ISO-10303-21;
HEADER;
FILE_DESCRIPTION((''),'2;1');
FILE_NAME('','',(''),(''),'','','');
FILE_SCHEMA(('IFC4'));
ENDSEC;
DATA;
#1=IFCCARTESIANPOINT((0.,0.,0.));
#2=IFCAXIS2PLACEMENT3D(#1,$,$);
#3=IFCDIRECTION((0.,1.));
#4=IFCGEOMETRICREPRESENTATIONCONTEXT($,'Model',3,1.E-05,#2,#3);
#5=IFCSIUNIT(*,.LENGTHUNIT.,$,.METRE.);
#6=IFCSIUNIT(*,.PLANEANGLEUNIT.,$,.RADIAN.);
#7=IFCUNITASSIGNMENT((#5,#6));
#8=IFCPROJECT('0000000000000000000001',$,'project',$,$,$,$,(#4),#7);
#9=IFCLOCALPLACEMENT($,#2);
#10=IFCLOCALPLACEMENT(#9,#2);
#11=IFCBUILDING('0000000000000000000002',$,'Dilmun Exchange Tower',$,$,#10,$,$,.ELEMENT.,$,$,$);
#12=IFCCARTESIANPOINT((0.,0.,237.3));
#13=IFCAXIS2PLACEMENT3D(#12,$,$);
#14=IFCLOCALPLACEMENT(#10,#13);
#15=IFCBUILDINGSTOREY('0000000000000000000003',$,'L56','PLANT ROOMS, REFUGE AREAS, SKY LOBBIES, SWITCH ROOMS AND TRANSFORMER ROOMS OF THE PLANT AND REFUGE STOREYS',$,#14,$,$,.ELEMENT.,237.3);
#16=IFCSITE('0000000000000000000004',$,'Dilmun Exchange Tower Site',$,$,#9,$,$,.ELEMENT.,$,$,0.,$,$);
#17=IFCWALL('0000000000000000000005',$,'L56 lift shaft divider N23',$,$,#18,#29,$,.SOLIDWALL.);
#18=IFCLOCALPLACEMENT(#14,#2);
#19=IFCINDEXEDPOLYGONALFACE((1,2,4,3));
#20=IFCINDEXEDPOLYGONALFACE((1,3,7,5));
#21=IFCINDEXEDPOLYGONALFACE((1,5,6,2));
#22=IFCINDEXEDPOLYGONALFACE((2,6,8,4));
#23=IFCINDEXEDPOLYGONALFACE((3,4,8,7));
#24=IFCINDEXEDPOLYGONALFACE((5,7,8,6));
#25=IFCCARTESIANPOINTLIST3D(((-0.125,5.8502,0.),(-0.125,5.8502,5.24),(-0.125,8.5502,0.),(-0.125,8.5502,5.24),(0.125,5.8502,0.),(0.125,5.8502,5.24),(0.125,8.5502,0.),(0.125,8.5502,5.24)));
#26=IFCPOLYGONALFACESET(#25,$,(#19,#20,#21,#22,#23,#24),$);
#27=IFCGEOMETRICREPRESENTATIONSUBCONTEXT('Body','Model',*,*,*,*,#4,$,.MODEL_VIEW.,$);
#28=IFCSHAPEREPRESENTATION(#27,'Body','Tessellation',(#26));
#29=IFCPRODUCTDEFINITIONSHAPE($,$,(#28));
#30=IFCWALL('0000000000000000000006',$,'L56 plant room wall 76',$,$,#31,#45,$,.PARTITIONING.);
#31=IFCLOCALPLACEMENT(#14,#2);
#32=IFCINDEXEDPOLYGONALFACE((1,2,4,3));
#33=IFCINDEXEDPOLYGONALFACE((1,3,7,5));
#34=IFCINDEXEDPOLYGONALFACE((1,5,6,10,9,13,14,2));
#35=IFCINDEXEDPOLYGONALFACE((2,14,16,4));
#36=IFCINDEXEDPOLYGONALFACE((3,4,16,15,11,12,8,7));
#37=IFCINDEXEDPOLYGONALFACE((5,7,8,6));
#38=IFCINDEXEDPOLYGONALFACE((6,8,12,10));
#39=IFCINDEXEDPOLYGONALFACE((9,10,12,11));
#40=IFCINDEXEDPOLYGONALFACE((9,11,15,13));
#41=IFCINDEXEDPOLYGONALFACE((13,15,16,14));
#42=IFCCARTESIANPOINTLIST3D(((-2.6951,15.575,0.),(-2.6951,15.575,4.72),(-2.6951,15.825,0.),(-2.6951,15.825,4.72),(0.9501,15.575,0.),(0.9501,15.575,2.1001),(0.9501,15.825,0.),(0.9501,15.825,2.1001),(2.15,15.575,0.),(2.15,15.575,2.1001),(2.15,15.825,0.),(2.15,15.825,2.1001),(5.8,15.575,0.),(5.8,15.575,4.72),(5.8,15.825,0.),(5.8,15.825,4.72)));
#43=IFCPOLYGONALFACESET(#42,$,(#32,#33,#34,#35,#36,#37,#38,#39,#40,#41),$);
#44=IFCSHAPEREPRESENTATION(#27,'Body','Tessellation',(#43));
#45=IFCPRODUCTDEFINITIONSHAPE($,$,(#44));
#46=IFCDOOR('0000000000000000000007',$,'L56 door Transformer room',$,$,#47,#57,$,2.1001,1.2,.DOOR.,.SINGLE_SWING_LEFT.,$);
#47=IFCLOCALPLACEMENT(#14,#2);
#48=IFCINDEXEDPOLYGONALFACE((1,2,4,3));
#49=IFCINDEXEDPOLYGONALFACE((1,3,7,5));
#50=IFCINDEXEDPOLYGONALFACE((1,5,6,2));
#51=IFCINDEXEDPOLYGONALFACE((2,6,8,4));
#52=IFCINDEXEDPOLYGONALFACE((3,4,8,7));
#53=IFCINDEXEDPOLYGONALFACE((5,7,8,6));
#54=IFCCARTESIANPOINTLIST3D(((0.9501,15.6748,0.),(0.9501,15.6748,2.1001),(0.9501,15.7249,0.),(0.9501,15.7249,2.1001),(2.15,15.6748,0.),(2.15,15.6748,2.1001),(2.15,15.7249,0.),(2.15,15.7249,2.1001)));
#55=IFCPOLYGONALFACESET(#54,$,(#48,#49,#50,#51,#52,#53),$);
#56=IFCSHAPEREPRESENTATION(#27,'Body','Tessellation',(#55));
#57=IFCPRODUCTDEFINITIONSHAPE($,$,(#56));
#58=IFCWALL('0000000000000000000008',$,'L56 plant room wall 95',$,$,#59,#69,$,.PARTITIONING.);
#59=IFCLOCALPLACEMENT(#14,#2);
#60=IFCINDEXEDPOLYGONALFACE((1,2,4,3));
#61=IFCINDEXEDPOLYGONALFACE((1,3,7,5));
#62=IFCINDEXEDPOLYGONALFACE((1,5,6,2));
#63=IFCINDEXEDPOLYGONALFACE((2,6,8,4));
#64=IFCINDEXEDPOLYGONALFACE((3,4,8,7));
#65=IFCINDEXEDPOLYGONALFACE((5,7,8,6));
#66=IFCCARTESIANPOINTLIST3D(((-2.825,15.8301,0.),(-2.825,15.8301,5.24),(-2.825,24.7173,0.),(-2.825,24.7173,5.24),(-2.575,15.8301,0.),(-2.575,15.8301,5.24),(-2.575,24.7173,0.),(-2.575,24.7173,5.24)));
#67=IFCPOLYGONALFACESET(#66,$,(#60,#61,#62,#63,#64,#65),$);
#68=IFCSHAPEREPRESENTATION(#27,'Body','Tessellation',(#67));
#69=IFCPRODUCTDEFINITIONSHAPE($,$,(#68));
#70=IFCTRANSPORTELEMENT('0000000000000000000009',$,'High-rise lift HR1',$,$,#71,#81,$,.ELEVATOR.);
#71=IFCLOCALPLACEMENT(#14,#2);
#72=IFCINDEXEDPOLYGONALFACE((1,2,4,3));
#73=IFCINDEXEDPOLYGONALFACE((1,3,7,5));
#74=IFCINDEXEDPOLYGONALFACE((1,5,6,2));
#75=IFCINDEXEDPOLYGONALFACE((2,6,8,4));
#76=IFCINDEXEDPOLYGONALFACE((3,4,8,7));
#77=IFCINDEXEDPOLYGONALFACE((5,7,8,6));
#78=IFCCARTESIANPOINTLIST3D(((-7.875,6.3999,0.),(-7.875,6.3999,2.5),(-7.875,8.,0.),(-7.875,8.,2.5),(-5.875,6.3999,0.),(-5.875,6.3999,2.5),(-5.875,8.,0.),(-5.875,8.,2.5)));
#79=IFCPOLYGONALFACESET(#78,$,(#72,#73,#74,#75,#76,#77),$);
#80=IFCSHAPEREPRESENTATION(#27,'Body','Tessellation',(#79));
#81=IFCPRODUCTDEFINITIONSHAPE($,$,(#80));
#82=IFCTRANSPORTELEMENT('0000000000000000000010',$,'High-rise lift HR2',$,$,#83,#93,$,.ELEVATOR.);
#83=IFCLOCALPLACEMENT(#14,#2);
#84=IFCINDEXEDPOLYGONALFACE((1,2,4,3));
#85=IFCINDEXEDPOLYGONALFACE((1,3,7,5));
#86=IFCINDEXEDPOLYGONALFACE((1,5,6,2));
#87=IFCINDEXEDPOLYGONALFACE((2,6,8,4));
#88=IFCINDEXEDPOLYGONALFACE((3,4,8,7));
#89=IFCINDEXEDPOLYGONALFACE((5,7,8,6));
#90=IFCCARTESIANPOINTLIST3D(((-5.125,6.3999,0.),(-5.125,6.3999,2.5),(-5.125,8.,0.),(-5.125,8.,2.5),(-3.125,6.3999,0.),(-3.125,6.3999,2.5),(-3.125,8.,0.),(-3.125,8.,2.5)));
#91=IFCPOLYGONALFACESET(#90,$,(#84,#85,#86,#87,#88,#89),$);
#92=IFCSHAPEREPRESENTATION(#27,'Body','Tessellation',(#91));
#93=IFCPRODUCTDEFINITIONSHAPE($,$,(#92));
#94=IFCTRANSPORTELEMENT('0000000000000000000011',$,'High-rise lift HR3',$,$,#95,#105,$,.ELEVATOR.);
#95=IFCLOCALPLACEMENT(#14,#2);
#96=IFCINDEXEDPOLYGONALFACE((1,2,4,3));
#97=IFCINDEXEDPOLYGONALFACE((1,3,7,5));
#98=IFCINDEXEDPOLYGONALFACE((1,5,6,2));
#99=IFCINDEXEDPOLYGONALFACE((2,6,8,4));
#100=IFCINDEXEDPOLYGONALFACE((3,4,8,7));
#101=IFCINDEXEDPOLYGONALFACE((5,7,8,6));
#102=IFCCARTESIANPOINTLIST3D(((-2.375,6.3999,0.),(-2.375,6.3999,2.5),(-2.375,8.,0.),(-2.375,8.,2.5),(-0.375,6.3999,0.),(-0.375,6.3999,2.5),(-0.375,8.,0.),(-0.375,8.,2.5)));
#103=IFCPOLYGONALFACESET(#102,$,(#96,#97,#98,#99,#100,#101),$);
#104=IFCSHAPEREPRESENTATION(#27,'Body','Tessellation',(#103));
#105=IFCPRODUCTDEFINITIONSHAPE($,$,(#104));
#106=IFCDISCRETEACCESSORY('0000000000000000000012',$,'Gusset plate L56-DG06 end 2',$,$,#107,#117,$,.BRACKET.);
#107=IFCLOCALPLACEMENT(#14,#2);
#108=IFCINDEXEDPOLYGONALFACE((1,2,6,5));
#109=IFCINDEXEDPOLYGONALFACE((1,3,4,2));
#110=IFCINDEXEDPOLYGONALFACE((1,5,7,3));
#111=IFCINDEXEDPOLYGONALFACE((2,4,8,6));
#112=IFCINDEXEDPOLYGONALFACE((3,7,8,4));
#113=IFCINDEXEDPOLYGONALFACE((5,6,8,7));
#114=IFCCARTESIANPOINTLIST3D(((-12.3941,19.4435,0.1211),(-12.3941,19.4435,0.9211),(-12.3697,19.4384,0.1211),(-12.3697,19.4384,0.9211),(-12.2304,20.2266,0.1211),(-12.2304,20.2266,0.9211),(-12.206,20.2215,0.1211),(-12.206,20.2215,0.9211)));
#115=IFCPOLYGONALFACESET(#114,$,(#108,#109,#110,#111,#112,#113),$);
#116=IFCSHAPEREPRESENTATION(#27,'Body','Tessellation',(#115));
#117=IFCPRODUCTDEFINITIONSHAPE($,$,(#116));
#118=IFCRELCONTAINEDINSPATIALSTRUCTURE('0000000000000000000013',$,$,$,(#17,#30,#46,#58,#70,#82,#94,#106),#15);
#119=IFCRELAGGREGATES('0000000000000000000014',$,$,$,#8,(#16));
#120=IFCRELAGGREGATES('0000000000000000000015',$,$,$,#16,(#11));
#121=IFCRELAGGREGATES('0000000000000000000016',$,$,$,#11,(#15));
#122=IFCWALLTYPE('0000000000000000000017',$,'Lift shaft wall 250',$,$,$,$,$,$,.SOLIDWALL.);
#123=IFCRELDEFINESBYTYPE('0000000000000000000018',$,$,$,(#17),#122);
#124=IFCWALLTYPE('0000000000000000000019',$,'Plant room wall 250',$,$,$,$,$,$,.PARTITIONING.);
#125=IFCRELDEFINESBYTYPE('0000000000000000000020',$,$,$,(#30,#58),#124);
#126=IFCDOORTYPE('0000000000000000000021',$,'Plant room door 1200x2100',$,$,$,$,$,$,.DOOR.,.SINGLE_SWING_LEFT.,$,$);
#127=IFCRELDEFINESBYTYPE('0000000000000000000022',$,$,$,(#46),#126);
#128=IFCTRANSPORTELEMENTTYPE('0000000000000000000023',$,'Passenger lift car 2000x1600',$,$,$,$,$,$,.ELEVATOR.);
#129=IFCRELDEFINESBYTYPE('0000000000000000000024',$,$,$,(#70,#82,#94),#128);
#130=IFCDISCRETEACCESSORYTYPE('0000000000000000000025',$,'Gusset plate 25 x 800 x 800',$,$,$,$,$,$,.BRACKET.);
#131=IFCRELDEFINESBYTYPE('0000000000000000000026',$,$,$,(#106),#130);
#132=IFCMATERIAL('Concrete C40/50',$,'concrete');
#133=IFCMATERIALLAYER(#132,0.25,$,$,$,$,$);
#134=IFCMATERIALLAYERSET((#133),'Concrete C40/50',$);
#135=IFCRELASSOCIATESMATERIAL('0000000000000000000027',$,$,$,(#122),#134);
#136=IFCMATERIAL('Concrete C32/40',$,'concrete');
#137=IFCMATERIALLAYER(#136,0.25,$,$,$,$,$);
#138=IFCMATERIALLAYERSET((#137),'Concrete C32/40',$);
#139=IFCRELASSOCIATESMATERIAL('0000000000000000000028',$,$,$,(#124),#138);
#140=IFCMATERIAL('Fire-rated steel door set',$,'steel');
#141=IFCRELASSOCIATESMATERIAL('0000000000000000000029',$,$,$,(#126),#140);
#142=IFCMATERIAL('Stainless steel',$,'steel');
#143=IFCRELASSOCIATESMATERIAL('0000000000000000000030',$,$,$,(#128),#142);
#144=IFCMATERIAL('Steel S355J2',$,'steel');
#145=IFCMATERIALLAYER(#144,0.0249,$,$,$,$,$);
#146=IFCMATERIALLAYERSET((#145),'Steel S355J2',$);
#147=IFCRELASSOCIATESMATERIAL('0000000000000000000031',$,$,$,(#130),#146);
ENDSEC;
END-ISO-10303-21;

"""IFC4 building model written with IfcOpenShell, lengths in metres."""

from ifc_helpers import new_model, si_unit, direction, frame, frame_2d, origin, origin_2d, place, context, subcontext, project, spatial, rectangle, extrude, material, layer, layer_set, type_object, element, fill, save


model = new_model("IFC4")

# Units and contexts
model_context = context("Model", 3, precision=1e-05, world=origin(), true_north=direction((0.0, 1.0)))
body_context = subcontext(model_context, "Body", "Model", "MODEL_VIEW")
ifc_project = project(units=[si_unit("LENGTHUNIT", "METRE"), si_unit("PLANEANGLEUNIT", "RADIAN")], contexts=[model_context])

# Site, building, storey
site_placement = place(None, origin())
site = spatial("IfcSite", under=ifc_project, at=site_placement, Name="Dilmun Exchange Tower Site", CompositionType="ELEMENT", RefElevation=0.0)
building_placement = place(site_placement, origin())
building = spatial("IfcBuilding", under=site, at=building_placement, Name="Dilmun Exchange Tower", CompositionType="ELEMENT")
storey_placement = place(building_placement, frame((0.0, 0.0, 237.3)))
storey = spatial("IfcBuildingStorey", under=building, at=storey_placement, Name="L56", Description="PLANT ROOMS, REFUGE AREAS, SKY LOBBIES, SWITCH ROOMS AND TRANSFORMER ROOMS OF THE PLANT AND REFUGE STOREYS", CompositionType="ELEMENT", Elevation=237.3)

# Shared definitions
ifc_material_1 = material(Name="Concrete C40/50", Category="concrete")
ifc_material_2 = material(Name="Fire-rated steel door set", Category="steel")

# Shared definitions
ifc_layer_1 = layer(ifc_material_1, 0.25)
ifc_layer_set_1 = layer_set([ifc_layer_1], Name="Concrete C40/50")
wall_type_1 = type_object("IfcWallType", Name="Lift shaft wall 250", PredefinedType="SOLIDWALL", material=ifc_layer_set_1)

# Wall
for number, where, z_axis, x_axis, name in (
    (1, (0.0, 5.8501, 0.0), (0.0, 0.0, 1.0), (0.0, 1.0, 0.0), "L56 lift shaft divider N23"),
):
    element("IfcWall", number, at=place(storey_placement, frame(where, z_axis=z_axis, x_axis=x_axis)), inside=storey, type_object=wall_type_1, Name=name, PredefinedType="SOLIDWALL", context=body_context, shape_type="SweptSolid", body=[
        extrude(rectangle(XDim=2.7, YDim=0.25, at=frame_2d((1.3501, 0.0))), origin(), (0.0, 0.0, 1.0), 5.24),
    ])

# Wall, opening, door
ifc_material_3 = material(Name="Concrete C32/40", Category="concrete")
ifc_layer_2 = layer(ifc_material_3, 0.25)
ifc_layer_set_2 = layer_set([ifc_layer_2], Name="Concrete C32/40")
wall_type_2 = type_object("IfcWallType", Name="Plant room wall 250", PredefinedType="PARTITIONING", material=ifc_layer_set_2)
wall_1_placement = place(storey_placement, frame((-2.6951, 15.7, 0.0), z_axis=(0.0, 0.0, 1.0), x_axis=(1.0, 0.0, 0.0)))
wall_1 = element("IfcWall", 2, at=wall_1_placement, inside=storey, type_object=wall_type_2, Name="L56 plant room wall 76", PredefinedType="PARTITIONING", context=body_context, shape_type="SweptSolid", body=[
    extrude(rectangle(XDim=8.4951, YDim=0.25, at=frame_2d((4.2476, 0.0))), origin(), (0.0, 0.0, 1.0), 4.72),
])
opening_1_placement = place(wall_1_placement, frame((3.645, 0.0, 0.0)))
opening_1 = element("IfcOpeningElement", 3, at=opening_1_placement, cuts=wall_1, PredefinedType="OPENING", context=body_context, shape_type="SweptSolid", body=[
    extrude(rectangle(XDim=1.2, YDim=2.1001, at=frame_2d((0.6001, 1.05))), frame((0.0, 0.135, 0.0), z_axis=(0.0, -1.0, 0.0), x_axis=(1.0, 0.0, 0.0)), (0.0, 0.0, 1.0), 0.27),
])
door_type_1 = type_object("IfcDoorType", Name="Plant room door 1200x2100", OperationType="SINGLE_SWING_LEFT", PredefinedType="DOOR", material=ifc_material_2)
door_1_placement = place(opening_1_placement, origin())
door_1 = element("IfcDoor", 4, at=door_1_placement, inside=storey, type_object=door_type_1, Name="L56 door Transformer room", OperationType="SINGLE_SWING_LEFT", OverallHeight=2.1001, OverallWidth=1.2, PredefinedType="DOOR", context=body_context, shape_type="SweptSolid", body=[
    extrude(rectangle(XDim=1.2, YDim=2.1001, at=frame_2d((0.6001, 1.05))), frame((0.0, 0.0249, 0.0), z_axis=(0.0, -1.0, 0.0), x_axis=(1.0, 0.0, 0.0)), (0.0, 0.0, 1.0), 0.05),
])
fill(opening_1, door_1)

# Wall
wall_2_placement = place(storey_placement, frame((-2.7, 15.8301, 0.0), z_axis=(0.0, 0.0, 1.0), x_axis=(0.0, 1.0, 0.0)))
element("IfcWall", 5, at=wall_2_placement, inside=storey, type_object=wall_type_2, Name="L56 plant room wall 95", PredefinedType="PARTITIONING", context=body_context, shape_type="SweptSolid", body=[
    extrude(rectangle(XDim=8.8872, YDim=0.25, at=frame_2d((4.4436, 0.0))), origin(), (0.0, 0.0, 1.0), 5.24),
])

# Transport elements
ifc_material_4 = material(Name="Stainless steel", Category="steel")
transport_element_type = type_object("IfcTransportElementType", Name="Passenger lift car 2000x1600", PredefinedType="ELEVATOR", material=ifc_material_4)
for number, where, z_axis, x_axis, name in (
    (6, (-6.875, 7.2, 0.0), (0.0, 0.0, 1.0), (1.0, 0.0, 0.0), "High-rise lift HR1"),
    (7, (-4.125, 7.2, 0.0), (0.0, 0.0, 1.0), (1.0, 0.0, 0.0), "High-rise lift HR2"),
    (8, (-1.375, 7.2, 0.0), (0.0, 0.0, 1.0), (1.0, 0.0, 0.0), "High-rise lift HR3"),
):
    element("IfcTransportElement", number, at=place(storey_placement, frame(where, z_axis=z_axis, x_axis=x_axis)), inside=storey, type_object=transport_element_type, Name=name, PredefinedType="ELEVATOR", context=body_context, shape_type="SweptSolid", body=[
        extrude(rectangle(XDim=2.0, YDim=1.6001, at=origin_2d()), origin(), (0.0, 0.0, 1.0), 2.5),
    ])

# Discrete accessory
ifc_material_5 = material(Name="Steel S355J2", Category="steel")
ifc_layer_3 = layer(ifc_material_5, 0.0249)
ifc_layer_set_3 = layer_set([ifc_layer_3], Name="Steel S355J2")
discrete_accessory_type = type_object("IfcDiscreteAccessoryType", Name="Gusset plate 25 x 800 x 800", PredefinedType="BRACKET", material=ifc_layer_set_3)
discrete_accessory_placement = place(storey_placement, frame((-12.3, 19.8325, 0.1211), z_axis=(0.0, 0.0, 1.0), x_axis=(-0.204679, -0.978829, 0.0)))
element("IfcDiscreteAccessory", 9, at=discrete_accessory_placement, inside=storey, type_object=discrete_accessory_type, Name="Gusset plate L56-DG06 end 2", PredefinedType="BRACKET", context=body_context, shape_type="SweptSolid", body=[
    extrude(rectangle(XDim=0.8, YDim=0.0249, at=origin_2d()), origin(), (0.0, 0.0, 1.0), 0.8),
])

save(model, "model.ifc")
